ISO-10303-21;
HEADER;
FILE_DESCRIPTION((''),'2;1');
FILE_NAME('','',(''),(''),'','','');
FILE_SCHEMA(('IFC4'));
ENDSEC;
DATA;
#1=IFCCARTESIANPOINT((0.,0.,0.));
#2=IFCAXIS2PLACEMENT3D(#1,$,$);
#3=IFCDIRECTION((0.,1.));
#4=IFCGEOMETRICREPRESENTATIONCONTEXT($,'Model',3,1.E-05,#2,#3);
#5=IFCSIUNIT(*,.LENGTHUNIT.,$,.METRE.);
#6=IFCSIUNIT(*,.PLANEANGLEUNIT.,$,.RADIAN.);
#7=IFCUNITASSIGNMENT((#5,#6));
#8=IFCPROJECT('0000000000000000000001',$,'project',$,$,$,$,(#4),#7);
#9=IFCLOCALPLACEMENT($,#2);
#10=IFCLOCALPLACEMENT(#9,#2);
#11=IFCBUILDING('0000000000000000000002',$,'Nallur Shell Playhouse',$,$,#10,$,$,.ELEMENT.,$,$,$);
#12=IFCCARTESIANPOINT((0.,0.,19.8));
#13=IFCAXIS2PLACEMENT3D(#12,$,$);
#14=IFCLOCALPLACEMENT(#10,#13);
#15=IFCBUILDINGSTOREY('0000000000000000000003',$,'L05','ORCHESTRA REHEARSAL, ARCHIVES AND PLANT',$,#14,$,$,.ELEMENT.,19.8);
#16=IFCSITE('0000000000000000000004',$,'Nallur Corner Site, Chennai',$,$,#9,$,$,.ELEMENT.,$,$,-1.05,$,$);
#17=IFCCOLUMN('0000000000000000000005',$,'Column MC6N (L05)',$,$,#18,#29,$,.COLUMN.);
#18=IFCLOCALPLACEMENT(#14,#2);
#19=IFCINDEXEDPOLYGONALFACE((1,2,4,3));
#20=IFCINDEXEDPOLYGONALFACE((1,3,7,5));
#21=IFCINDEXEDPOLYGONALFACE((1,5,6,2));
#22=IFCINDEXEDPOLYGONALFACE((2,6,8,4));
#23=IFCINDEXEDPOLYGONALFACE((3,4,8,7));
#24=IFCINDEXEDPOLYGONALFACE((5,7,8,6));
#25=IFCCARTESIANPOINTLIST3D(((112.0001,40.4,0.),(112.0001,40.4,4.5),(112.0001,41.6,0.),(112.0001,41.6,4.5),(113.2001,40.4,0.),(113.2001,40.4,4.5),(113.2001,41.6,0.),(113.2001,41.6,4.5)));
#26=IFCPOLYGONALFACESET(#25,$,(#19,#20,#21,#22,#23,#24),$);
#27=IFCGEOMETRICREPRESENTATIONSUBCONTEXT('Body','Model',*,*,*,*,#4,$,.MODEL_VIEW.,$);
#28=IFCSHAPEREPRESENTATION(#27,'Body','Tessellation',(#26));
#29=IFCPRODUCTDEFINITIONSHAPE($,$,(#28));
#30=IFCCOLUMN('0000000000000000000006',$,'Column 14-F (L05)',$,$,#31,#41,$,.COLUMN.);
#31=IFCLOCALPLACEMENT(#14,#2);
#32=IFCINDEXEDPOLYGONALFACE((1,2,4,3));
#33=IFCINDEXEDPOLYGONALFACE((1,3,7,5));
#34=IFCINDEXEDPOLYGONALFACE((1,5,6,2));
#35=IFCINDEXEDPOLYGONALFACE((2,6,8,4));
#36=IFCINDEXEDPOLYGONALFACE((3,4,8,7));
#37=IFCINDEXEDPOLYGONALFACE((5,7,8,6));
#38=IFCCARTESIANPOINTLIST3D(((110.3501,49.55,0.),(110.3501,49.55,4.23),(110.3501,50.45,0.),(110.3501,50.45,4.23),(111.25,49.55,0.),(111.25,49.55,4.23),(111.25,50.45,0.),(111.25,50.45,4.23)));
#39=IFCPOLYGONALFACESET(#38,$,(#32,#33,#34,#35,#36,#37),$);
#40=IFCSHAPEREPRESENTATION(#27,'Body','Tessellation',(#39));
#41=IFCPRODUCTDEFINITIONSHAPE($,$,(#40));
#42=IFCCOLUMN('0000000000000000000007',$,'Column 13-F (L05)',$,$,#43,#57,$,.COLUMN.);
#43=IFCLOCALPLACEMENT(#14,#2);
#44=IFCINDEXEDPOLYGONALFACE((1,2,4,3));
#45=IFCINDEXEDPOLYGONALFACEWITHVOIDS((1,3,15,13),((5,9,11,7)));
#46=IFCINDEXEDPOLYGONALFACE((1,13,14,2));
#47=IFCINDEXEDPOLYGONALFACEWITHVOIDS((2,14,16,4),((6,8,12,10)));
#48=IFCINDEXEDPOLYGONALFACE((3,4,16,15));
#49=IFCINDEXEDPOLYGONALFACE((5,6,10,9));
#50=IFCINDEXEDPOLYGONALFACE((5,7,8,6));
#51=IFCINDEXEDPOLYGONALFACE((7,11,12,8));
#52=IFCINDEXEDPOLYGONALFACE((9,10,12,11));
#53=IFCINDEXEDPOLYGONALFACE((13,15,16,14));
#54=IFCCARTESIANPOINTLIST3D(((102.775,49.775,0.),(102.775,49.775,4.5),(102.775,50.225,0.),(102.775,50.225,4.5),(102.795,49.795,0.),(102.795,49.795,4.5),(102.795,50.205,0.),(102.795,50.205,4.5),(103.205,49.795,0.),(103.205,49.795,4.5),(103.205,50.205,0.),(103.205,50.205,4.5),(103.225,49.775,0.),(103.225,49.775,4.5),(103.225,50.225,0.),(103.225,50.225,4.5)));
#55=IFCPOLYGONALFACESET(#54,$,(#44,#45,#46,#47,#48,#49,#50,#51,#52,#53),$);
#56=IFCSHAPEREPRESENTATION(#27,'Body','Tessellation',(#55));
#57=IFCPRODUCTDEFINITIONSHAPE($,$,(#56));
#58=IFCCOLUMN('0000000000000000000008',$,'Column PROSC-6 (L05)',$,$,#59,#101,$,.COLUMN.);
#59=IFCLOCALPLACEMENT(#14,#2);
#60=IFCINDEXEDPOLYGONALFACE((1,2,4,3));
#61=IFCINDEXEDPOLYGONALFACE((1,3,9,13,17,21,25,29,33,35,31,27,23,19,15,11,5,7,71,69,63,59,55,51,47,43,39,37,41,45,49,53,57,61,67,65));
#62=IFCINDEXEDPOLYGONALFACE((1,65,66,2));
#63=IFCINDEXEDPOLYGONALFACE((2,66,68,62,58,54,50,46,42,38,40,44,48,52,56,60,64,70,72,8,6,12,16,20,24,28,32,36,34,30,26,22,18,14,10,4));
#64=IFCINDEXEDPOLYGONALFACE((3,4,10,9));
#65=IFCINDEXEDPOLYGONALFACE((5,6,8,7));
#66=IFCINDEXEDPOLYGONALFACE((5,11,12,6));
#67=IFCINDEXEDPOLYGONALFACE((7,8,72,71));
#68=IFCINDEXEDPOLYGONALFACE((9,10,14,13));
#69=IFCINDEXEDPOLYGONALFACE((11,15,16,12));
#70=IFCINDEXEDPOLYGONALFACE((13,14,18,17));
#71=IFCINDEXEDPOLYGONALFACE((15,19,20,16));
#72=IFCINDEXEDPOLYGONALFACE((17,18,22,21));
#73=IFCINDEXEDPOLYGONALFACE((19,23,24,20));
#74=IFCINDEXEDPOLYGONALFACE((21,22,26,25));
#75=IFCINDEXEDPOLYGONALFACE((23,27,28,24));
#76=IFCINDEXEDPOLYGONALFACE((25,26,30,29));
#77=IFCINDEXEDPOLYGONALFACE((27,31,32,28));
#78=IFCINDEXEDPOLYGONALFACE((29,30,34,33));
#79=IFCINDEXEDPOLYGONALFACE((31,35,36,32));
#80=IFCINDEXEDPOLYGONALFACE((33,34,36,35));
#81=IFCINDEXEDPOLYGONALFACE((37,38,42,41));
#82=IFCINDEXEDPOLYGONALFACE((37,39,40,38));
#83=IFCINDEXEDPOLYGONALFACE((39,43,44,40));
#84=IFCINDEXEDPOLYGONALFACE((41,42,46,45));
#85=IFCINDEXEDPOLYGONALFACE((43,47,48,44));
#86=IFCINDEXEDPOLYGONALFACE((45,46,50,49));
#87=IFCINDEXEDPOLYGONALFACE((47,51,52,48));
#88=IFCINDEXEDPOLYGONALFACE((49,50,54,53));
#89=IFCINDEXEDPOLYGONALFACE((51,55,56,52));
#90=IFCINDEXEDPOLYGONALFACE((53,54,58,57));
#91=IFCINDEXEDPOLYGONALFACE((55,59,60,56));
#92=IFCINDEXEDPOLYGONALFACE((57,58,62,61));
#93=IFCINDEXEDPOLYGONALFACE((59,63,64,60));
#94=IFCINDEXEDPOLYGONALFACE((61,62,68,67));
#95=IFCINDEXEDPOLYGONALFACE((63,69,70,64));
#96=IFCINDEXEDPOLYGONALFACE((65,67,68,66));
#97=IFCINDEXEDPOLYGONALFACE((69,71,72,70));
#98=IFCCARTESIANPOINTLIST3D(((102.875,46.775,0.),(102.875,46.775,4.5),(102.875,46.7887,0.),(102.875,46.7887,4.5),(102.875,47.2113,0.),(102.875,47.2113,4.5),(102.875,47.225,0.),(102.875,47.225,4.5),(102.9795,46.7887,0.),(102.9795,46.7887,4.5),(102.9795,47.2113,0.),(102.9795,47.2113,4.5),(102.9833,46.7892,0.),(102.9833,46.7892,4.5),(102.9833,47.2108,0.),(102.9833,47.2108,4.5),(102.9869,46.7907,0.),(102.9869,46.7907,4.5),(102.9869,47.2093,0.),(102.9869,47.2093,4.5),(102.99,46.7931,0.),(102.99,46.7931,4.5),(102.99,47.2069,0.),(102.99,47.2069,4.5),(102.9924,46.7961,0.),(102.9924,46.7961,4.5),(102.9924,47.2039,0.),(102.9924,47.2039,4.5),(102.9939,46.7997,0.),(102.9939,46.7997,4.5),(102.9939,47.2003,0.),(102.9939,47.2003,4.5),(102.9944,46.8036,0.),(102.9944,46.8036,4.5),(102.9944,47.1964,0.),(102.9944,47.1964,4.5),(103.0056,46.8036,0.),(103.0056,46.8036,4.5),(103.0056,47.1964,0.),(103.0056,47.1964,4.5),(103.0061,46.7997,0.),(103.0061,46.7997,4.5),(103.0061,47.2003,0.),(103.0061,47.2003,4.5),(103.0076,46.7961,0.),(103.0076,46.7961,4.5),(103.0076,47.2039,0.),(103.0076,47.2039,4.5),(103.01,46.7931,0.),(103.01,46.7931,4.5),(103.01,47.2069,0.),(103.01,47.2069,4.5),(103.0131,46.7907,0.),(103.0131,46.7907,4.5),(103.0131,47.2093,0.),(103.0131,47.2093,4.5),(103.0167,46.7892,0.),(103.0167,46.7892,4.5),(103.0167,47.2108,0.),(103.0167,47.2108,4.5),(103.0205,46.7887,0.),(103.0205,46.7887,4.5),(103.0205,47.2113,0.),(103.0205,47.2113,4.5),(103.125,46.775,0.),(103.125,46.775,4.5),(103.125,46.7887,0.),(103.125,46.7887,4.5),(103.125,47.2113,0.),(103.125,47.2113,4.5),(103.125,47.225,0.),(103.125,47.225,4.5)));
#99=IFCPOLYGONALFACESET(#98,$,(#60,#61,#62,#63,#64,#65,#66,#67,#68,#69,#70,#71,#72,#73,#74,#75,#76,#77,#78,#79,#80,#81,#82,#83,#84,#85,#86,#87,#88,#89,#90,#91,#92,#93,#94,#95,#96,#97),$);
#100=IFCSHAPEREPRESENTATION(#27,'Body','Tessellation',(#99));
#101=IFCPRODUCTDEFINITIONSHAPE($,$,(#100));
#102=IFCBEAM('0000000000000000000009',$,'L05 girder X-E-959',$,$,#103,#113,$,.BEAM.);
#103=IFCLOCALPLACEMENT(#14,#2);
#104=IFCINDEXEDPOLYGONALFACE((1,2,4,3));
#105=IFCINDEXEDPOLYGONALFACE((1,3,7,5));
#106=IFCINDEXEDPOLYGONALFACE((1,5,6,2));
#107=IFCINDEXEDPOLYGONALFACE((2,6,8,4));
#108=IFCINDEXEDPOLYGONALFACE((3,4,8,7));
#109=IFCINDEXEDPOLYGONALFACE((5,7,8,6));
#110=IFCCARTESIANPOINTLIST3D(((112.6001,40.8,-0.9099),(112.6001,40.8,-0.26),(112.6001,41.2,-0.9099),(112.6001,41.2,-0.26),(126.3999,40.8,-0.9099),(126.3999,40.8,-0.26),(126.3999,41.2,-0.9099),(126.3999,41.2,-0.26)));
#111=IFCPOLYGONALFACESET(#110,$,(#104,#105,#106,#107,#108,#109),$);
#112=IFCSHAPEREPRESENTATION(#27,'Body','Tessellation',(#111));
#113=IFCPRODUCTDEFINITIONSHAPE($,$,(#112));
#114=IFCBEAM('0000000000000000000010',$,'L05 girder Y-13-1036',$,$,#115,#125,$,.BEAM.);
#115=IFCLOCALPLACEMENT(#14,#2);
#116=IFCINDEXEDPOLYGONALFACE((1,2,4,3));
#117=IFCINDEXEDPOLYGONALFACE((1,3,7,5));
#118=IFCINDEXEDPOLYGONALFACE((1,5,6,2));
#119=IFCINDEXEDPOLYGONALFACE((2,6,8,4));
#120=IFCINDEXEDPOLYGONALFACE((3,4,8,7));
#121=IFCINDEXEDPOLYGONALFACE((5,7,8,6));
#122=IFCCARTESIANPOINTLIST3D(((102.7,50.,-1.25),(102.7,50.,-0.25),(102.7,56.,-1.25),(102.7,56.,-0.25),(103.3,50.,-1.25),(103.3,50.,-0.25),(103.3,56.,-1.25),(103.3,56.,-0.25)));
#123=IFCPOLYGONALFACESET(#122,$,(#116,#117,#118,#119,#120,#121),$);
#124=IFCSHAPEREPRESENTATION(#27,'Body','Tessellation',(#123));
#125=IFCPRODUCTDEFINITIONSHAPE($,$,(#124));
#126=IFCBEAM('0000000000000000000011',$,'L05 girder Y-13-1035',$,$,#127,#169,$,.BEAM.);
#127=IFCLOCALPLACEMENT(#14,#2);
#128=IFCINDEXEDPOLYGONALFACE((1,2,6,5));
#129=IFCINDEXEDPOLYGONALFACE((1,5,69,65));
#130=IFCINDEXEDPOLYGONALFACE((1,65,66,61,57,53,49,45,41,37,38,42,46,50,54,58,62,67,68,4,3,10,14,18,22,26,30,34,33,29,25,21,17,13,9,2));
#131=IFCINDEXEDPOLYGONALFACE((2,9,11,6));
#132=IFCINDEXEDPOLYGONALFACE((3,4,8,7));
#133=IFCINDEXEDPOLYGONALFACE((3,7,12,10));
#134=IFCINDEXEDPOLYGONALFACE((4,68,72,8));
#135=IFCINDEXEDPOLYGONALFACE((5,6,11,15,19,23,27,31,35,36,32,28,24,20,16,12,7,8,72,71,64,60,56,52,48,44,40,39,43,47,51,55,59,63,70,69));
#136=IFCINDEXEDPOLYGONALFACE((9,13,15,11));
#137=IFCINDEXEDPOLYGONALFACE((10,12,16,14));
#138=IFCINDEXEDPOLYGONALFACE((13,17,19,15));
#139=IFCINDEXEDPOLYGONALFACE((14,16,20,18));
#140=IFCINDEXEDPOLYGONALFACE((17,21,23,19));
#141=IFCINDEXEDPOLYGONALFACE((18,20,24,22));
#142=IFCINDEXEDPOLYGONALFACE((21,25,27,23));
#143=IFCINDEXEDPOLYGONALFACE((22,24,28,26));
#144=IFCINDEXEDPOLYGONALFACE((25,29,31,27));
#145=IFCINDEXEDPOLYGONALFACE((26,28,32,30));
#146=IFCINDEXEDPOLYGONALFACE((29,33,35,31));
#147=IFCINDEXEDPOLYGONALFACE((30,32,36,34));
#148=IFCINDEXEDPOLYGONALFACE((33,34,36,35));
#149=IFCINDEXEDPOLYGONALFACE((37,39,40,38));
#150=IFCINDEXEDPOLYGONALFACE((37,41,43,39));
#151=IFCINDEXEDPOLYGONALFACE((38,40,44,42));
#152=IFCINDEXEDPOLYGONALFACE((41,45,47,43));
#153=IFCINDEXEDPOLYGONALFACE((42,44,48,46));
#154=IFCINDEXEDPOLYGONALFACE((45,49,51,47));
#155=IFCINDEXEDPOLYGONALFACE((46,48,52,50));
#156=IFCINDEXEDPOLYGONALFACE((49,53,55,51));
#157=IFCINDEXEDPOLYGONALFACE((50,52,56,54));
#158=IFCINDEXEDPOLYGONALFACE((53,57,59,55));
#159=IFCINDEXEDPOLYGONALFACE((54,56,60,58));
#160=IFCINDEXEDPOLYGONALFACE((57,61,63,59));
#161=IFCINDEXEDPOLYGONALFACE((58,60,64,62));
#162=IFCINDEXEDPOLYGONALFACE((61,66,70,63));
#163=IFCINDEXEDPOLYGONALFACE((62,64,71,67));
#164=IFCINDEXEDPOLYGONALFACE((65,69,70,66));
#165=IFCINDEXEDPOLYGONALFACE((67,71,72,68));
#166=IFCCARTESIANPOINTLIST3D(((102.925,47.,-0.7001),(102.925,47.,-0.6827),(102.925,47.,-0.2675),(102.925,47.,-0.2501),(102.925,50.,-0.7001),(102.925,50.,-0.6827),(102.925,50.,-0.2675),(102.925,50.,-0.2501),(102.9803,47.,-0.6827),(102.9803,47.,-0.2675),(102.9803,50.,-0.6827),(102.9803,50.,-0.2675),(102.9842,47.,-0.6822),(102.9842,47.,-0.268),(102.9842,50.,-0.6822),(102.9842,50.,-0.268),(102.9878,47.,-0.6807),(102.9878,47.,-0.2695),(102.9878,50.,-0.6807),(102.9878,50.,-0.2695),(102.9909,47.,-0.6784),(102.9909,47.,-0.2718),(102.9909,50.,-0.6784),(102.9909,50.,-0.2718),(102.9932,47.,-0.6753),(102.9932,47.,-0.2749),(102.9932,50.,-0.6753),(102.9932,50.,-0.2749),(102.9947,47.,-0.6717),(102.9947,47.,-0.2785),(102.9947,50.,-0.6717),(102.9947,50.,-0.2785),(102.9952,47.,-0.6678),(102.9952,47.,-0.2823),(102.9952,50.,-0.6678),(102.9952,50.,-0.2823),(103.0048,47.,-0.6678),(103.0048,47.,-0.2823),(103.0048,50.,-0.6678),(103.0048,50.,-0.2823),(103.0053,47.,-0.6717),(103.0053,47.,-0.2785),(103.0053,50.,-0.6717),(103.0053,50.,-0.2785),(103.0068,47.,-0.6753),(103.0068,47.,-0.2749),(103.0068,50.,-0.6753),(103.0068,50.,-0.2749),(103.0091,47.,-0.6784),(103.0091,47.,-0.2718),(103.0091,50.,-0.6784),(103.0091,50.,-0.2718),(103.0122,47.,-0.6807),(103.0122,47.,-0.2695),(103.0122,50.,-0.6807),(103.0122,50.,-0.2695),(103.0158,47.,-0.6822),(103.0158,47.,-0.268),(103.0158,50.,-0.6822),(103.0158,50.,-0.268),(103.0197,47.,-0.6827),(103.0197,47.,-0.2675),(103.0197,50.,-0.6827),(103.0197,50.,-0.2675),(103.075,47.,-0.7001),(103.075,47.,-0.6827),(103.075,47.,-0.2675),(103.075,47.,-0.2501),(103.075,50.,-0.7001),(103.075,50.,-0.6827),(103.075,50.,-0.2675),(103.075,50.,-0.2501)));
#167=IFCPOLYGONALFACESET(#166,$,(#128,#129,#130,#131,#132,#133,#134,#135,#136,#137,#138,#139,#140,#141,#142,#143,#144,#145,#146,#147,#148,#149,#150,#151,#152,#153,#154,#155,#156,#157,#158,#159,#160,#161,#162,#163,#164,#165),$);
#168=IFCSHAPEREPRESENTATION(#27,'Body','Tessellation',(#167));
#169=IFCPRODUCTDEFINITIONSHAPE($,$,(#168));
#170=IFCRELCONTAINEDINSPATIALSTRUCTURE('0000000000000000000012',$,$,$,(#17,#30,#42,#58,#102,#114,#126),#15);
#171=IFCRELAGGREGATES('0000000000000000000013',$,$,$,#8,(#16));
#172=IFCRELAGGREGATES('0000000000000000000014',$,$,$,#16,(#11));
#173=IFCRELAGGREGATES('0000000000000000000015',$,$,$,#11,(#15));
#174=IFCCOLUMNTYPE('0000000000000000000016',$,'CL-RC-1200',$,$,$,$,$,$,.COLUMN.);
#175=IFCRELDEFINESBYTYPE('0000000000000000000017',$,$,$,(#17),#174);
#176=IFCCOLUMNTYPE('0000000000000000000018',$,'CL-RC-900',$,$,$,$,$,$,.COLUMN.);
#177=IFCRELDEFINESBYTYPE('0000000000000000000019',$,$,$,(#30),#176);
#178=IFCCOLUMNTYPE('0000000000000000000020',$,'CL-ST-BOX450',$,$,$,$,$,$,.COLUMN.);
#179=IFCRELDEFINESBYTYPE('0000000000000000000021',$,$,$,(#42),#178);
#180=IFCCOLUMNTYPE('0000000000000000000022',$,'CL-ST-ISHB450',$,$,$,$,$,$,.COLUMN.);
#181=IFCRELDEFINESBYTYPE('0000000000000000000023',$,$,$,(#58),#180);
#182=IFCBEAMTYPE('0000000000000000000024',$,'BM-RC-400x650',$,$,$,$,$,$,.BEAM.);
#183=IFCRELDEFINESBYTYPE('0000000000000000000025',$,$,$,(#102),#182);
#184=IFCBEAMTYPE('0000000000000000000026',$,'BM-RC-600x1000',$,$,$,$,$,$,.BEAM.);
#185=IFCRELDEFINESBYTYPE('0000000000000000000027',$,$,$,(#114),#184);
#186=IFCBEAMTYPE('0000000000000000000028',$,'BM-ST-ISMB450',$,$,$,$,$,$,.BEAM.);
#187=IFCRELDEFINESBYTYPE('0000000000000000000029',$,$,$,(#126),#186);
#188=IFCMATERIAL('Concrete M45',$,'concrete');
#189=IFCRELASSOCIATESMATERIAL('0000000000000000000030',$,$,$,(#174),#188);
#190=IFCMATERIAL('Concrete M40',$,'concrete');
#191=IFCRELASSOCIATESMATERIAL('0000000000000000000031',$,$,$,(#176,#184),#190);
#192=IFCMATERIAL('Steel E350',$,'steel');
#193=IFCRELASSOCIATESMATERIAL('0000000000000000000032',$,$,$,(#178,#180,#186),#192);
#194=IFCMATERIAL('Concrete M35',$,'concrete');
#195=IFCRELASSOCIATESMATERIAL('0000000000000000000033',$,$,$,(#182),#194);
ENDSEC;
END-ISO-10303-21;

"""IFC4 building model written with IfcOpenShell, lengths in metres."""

from ifc_helpers import new_model, si_unit, direction, frame, origin, origin_2d, place, context, subcontext, project, spatial, rectangle, hollow_rectangle, i_section, extrude, material, material_profile, profile_set, type_object, element, save


model = new_model("IFC4")

# Units and contexts
model_context = context("Model", 3, precision=1e-05, world=origin(), true_north=direction((0.0, 1.0)))
body_context = subcontext(model_context, "Body", "Model", "MODEL_VIEW")
ifc_project = project(units=[si_unit("LENGTHUNIT", "METRE"), si_unit("PLANEANGLEUNIT", "RADIAN")], contexts=[model_context])

# Site, building, storey
site_placement = place(None, origin())
site = spatial("IfcSite", under=ifc_project, at=site_placement, Name="Nallur Corner Site, Chennai", CompositionType="ELEMENT", RefElevation=-1.05)
building_placement = place(site_placement, origin())
building = spatial("IfcBuilding", under=site, at=building_placement, Name="Nallur Shell Playhouse", CompositionType="ELEMENT")
storey_placement = place(building_placement, frame((0.0, 0.0, 19.8)))
storey = spatial("IfcBuildingStorey", under=building, at=storey_placement, Name="L05", Description="ORCHESTRA REHEARSAL, ARCHIVES AND PLANT", CompositionType="ELEMENT", Elevation=19.8)

# Columns
ifc_material_1 = material(Name="Concrete M45", Category="concrete")
ifc_material_profile_1 = material_profile(ifc_material_1, rectangle(XDim=1.2, YDim=1.2, at=origin_2d()), Name="RC 1200x1200")
ifc_profile_set_1 = profile_set([ifc_material_profile_1], Name="Concrete M45")
column_type_1 = type_object("IfcColumnType", Name="CL-RC-1200", PredefinedType="COLUMN", material=ifc_profile_set_1)
column_1_placement = place(storey_placement, frame((112.6001, 41.0, 0.0), z_axis=(0.0, 0.0, 1.0), x_axis=(1.0, 0.0, 0.0)))
element("IfcColumn", 1, at=column_1_placement, inside=storey, type_object=column_type_1, Name="Column MC6N (L05)", PredefinedType="COLUMN", context=body_context, shape_type="SweptSolid", body=[
    extrude(rectangle(XDim=1.2, YDim=1.2, at=origin_2d()), origin(), (0.0, 0.0, 1.0), 4.5),
])
ifc_material_2 = material(Name="Concrete M40", Category="concrete")
ifc_material_profile_2 = material_profile(ifc_material_2, rectangle(XDim=0.8999, YDim=0.8999, at=origin_2d()), Name="RC 900x900")
ifc_profile_set_2 = profile_set([ifc_material_profile_2], Name="Concrete M40")
column_type_2 = type_object("IfcColumnType", Name="CL-RC-900", PredefinedType="COLUMN", material=ifc_profile_set_2)
column_2_placement = place(storey_placement, frame((110.8, 50.0, 0.0), z_axis=(0.0, 0.0, 1.0), x_axis=(1.0, 0.0, 0.0)))
element("IfcColumn", 2, at=column_2_placement, inside=storey, type_object=column_type_2, Name="Column 14-F (L05)", PredefinedType="COLUMN", context=body_context, shape_type="SweptSolid", body=[
    extrude(rectangle(XDim=0.8999, YDim=0.8999, at=origin_2d()), origin(), (0.0, 0.0, 1.0), 4.23),
])
ifc_material_3 = material(Name="Steel E350", Category="steel")
ifc_material_profile_3 = material_profile(ifc_material_3, hollow_rectangle(XDim=0.45, YDim=0.45, WallThickness=0.02, at=origin_2d()), Name="BOX 450x450x20")
ifc_profile_set_3 = profile_set([ifc_material_profile_3], Name="Steel E350")
column_type_3 = type_object("IfcColumnType", Name="CL-ST-BOX450", PredefinedType="COLUMN", material=ifc_profile_set_3)
column_3_placement = place(storey_placement, frame((103.0, 50.0, 0.0), z_axis=(0.0, 0.0, 1.0), x_axis=(1.0, 0.0, 0.0)))
element("IfcColumn", 3, at=column_3_placement, inside=storey, type_object=column_type_3, Name="Column 13-F (L05)", PredefinedType="COLUMN", context=body_context, shape_type="SweptSolid", body=[
    extrude(hollow_rectangle(XDim=0.45, YDim=0.45, WallThickness=0.02, at=origin_2d()), origin(), (0.0, 0.0, 1.0), 4.5),
])
ifc_material_profile_4 = material_profile(ifc_material_3, i_section(OverallWidth=0.25, OverallDepth=0.45, WebThickness=0.0112, FlangeThickness=0.0137, FilletRadius=0.0149, at=origin_2d()), Name="ISHB 450")
ifc_profile_set_4 = profile_set([ifc_material_profile_4], Name="Steel E350")
column_type_4 = type_object("IfcColumnType", Name="CL-ST-ISHB450", PredefinedType="COLUMN", material=ifc_profile_set_4)
column_4_placement = place(storey_placement, frame((103.0, 47.0, 0.0), z_axis=(0.0, 0.0, 1.0), x_axis=(1.0, 0.0, 0.0)))
element("IfcColumn", 4, at=column_4_placement, inside=storey, type_object=column_type_4, Name="Column PROSC-6 (L05)", PredefinedType="COLUMN", context=body_context, shape_type="SweptSolid", body=[
    extrude(i_section(OverallWidth=0.25, OverallDepth=0.45, WebThickness=0.0112, FlangeThickness=0.0137, FilletRadius=0.0149, at=origin_2d()), origin(), (0.0, 0.0, 1.0), 4.5),
])

# Beams
ifc_material_4 = material(Name="Concrete M35", Category="concrete")
ifc_material_profile_5 = material_profile(ifc_material_4, rectangle(XDim=0.3999, YDim=0.6499, at=origin_2d()), Name="RC 400x650")
ifc_profile_set_5 = profile_set([ifc_material_profile_5], Name="Concrete M35")
beam_type_1 = type_object("IfcBeamType", Name="BM-RC-400x650", PredefinedType="BEAM", material=ifc_profile_set_5)
beam_1_placement = place(storey_placement, frame((112.6001, 41.0, -0.585), z_axis=(1.0, 0.0, 0.0), x_axis=(0.0, 1.0, 0.0)))
element("IfcBeam", 5, at=beam_1_placement, inside=storey, type_object=beam_type_1, Name="L05 girder X-E-959", PredefinedType="BEAM", context=body_context, shape_type="SweptSolid", body=[
    extrude(rectangle(XDim=0.3999, YDim=0.6499, at=origin_2d()), origin(), (0.0, 0.0, 1.0), 13.7998),
])
ifc_material_profile_6 = material_profile(ifc_material_2, rectangle(XDim=0.6001, YDim=1.0, at=origin_2d()), Name="RC 600x1000")
ifc_profile_set_6 = profile_set([ifc_material_profile_6], Name="Concrete M40")
beam_type_2 = type_object("IfcBeamType", Name="BM-RC-600x1000", PredefinedType="BEAM", material=ifc_profile_set_6)
beam_2_placement = place(storey_placement, frame((103.0, 50.0, -0.75), z_axis=(0.0, 1.0, 0.0), x_axis=(-1.0, 0.0, 0.0)))
element("IfcBeam", 6, at=beam_2_placement, inside=storey, type_object=beam_type_2, Name="L05 girder Y-13-1036", PredefinedType="BEAM", context=body_context, shape_type="SweptSolid", body=[
    extrude(rectangle(XDim=0.6001, YDim=1.0, at=origin_2d()), origin(), (0.0, 0.0, 1.0), 6.0),
])
ifc_material_profile_7 = material_profile(ifc_material_3, i_section(OverallWidth=0.1499, OverallDepth=0.45, WebThickness=0.0095, FlangeThickness=0.0173, FilletRadius=0.0149, at=origin_2d()), Name="ISMB 450")
ifc_profile_set_7 = profile_set([ifc_material_profile_7], Name="Steel E350")
beam_type_3 = type_object("IfcBeamType", Name="BM-ST-ISMB450", PredefinedType="BEAM", material=ifc_profile_set_7)
beam_3_placement = place(storey_placement, frame((103.0, 47.0, -0.4751), z_axis=(0.0, 1.0, 0.0), x_axis=(-1.0, 0.0, 0.0)))
element("IfcBeam", 7, at=beam_3_placement, inside=storey, type_object=beam_type_3, Name="L05 girder Y-13-1035", PredefinedType="BEAM", context=body_context, shape_type="SweptSolid", body=[
    extrude(i_section(OverallWidth=0.1499, OverallDepth=0.45, WebThickness=0.0095, FlangeThickness=0.0173, FilletRadius=0.0149, at=origin_2d()), origin(), (0.0, 0.0, 1.0), 3.0),
])

save(model, "model.ifc")
